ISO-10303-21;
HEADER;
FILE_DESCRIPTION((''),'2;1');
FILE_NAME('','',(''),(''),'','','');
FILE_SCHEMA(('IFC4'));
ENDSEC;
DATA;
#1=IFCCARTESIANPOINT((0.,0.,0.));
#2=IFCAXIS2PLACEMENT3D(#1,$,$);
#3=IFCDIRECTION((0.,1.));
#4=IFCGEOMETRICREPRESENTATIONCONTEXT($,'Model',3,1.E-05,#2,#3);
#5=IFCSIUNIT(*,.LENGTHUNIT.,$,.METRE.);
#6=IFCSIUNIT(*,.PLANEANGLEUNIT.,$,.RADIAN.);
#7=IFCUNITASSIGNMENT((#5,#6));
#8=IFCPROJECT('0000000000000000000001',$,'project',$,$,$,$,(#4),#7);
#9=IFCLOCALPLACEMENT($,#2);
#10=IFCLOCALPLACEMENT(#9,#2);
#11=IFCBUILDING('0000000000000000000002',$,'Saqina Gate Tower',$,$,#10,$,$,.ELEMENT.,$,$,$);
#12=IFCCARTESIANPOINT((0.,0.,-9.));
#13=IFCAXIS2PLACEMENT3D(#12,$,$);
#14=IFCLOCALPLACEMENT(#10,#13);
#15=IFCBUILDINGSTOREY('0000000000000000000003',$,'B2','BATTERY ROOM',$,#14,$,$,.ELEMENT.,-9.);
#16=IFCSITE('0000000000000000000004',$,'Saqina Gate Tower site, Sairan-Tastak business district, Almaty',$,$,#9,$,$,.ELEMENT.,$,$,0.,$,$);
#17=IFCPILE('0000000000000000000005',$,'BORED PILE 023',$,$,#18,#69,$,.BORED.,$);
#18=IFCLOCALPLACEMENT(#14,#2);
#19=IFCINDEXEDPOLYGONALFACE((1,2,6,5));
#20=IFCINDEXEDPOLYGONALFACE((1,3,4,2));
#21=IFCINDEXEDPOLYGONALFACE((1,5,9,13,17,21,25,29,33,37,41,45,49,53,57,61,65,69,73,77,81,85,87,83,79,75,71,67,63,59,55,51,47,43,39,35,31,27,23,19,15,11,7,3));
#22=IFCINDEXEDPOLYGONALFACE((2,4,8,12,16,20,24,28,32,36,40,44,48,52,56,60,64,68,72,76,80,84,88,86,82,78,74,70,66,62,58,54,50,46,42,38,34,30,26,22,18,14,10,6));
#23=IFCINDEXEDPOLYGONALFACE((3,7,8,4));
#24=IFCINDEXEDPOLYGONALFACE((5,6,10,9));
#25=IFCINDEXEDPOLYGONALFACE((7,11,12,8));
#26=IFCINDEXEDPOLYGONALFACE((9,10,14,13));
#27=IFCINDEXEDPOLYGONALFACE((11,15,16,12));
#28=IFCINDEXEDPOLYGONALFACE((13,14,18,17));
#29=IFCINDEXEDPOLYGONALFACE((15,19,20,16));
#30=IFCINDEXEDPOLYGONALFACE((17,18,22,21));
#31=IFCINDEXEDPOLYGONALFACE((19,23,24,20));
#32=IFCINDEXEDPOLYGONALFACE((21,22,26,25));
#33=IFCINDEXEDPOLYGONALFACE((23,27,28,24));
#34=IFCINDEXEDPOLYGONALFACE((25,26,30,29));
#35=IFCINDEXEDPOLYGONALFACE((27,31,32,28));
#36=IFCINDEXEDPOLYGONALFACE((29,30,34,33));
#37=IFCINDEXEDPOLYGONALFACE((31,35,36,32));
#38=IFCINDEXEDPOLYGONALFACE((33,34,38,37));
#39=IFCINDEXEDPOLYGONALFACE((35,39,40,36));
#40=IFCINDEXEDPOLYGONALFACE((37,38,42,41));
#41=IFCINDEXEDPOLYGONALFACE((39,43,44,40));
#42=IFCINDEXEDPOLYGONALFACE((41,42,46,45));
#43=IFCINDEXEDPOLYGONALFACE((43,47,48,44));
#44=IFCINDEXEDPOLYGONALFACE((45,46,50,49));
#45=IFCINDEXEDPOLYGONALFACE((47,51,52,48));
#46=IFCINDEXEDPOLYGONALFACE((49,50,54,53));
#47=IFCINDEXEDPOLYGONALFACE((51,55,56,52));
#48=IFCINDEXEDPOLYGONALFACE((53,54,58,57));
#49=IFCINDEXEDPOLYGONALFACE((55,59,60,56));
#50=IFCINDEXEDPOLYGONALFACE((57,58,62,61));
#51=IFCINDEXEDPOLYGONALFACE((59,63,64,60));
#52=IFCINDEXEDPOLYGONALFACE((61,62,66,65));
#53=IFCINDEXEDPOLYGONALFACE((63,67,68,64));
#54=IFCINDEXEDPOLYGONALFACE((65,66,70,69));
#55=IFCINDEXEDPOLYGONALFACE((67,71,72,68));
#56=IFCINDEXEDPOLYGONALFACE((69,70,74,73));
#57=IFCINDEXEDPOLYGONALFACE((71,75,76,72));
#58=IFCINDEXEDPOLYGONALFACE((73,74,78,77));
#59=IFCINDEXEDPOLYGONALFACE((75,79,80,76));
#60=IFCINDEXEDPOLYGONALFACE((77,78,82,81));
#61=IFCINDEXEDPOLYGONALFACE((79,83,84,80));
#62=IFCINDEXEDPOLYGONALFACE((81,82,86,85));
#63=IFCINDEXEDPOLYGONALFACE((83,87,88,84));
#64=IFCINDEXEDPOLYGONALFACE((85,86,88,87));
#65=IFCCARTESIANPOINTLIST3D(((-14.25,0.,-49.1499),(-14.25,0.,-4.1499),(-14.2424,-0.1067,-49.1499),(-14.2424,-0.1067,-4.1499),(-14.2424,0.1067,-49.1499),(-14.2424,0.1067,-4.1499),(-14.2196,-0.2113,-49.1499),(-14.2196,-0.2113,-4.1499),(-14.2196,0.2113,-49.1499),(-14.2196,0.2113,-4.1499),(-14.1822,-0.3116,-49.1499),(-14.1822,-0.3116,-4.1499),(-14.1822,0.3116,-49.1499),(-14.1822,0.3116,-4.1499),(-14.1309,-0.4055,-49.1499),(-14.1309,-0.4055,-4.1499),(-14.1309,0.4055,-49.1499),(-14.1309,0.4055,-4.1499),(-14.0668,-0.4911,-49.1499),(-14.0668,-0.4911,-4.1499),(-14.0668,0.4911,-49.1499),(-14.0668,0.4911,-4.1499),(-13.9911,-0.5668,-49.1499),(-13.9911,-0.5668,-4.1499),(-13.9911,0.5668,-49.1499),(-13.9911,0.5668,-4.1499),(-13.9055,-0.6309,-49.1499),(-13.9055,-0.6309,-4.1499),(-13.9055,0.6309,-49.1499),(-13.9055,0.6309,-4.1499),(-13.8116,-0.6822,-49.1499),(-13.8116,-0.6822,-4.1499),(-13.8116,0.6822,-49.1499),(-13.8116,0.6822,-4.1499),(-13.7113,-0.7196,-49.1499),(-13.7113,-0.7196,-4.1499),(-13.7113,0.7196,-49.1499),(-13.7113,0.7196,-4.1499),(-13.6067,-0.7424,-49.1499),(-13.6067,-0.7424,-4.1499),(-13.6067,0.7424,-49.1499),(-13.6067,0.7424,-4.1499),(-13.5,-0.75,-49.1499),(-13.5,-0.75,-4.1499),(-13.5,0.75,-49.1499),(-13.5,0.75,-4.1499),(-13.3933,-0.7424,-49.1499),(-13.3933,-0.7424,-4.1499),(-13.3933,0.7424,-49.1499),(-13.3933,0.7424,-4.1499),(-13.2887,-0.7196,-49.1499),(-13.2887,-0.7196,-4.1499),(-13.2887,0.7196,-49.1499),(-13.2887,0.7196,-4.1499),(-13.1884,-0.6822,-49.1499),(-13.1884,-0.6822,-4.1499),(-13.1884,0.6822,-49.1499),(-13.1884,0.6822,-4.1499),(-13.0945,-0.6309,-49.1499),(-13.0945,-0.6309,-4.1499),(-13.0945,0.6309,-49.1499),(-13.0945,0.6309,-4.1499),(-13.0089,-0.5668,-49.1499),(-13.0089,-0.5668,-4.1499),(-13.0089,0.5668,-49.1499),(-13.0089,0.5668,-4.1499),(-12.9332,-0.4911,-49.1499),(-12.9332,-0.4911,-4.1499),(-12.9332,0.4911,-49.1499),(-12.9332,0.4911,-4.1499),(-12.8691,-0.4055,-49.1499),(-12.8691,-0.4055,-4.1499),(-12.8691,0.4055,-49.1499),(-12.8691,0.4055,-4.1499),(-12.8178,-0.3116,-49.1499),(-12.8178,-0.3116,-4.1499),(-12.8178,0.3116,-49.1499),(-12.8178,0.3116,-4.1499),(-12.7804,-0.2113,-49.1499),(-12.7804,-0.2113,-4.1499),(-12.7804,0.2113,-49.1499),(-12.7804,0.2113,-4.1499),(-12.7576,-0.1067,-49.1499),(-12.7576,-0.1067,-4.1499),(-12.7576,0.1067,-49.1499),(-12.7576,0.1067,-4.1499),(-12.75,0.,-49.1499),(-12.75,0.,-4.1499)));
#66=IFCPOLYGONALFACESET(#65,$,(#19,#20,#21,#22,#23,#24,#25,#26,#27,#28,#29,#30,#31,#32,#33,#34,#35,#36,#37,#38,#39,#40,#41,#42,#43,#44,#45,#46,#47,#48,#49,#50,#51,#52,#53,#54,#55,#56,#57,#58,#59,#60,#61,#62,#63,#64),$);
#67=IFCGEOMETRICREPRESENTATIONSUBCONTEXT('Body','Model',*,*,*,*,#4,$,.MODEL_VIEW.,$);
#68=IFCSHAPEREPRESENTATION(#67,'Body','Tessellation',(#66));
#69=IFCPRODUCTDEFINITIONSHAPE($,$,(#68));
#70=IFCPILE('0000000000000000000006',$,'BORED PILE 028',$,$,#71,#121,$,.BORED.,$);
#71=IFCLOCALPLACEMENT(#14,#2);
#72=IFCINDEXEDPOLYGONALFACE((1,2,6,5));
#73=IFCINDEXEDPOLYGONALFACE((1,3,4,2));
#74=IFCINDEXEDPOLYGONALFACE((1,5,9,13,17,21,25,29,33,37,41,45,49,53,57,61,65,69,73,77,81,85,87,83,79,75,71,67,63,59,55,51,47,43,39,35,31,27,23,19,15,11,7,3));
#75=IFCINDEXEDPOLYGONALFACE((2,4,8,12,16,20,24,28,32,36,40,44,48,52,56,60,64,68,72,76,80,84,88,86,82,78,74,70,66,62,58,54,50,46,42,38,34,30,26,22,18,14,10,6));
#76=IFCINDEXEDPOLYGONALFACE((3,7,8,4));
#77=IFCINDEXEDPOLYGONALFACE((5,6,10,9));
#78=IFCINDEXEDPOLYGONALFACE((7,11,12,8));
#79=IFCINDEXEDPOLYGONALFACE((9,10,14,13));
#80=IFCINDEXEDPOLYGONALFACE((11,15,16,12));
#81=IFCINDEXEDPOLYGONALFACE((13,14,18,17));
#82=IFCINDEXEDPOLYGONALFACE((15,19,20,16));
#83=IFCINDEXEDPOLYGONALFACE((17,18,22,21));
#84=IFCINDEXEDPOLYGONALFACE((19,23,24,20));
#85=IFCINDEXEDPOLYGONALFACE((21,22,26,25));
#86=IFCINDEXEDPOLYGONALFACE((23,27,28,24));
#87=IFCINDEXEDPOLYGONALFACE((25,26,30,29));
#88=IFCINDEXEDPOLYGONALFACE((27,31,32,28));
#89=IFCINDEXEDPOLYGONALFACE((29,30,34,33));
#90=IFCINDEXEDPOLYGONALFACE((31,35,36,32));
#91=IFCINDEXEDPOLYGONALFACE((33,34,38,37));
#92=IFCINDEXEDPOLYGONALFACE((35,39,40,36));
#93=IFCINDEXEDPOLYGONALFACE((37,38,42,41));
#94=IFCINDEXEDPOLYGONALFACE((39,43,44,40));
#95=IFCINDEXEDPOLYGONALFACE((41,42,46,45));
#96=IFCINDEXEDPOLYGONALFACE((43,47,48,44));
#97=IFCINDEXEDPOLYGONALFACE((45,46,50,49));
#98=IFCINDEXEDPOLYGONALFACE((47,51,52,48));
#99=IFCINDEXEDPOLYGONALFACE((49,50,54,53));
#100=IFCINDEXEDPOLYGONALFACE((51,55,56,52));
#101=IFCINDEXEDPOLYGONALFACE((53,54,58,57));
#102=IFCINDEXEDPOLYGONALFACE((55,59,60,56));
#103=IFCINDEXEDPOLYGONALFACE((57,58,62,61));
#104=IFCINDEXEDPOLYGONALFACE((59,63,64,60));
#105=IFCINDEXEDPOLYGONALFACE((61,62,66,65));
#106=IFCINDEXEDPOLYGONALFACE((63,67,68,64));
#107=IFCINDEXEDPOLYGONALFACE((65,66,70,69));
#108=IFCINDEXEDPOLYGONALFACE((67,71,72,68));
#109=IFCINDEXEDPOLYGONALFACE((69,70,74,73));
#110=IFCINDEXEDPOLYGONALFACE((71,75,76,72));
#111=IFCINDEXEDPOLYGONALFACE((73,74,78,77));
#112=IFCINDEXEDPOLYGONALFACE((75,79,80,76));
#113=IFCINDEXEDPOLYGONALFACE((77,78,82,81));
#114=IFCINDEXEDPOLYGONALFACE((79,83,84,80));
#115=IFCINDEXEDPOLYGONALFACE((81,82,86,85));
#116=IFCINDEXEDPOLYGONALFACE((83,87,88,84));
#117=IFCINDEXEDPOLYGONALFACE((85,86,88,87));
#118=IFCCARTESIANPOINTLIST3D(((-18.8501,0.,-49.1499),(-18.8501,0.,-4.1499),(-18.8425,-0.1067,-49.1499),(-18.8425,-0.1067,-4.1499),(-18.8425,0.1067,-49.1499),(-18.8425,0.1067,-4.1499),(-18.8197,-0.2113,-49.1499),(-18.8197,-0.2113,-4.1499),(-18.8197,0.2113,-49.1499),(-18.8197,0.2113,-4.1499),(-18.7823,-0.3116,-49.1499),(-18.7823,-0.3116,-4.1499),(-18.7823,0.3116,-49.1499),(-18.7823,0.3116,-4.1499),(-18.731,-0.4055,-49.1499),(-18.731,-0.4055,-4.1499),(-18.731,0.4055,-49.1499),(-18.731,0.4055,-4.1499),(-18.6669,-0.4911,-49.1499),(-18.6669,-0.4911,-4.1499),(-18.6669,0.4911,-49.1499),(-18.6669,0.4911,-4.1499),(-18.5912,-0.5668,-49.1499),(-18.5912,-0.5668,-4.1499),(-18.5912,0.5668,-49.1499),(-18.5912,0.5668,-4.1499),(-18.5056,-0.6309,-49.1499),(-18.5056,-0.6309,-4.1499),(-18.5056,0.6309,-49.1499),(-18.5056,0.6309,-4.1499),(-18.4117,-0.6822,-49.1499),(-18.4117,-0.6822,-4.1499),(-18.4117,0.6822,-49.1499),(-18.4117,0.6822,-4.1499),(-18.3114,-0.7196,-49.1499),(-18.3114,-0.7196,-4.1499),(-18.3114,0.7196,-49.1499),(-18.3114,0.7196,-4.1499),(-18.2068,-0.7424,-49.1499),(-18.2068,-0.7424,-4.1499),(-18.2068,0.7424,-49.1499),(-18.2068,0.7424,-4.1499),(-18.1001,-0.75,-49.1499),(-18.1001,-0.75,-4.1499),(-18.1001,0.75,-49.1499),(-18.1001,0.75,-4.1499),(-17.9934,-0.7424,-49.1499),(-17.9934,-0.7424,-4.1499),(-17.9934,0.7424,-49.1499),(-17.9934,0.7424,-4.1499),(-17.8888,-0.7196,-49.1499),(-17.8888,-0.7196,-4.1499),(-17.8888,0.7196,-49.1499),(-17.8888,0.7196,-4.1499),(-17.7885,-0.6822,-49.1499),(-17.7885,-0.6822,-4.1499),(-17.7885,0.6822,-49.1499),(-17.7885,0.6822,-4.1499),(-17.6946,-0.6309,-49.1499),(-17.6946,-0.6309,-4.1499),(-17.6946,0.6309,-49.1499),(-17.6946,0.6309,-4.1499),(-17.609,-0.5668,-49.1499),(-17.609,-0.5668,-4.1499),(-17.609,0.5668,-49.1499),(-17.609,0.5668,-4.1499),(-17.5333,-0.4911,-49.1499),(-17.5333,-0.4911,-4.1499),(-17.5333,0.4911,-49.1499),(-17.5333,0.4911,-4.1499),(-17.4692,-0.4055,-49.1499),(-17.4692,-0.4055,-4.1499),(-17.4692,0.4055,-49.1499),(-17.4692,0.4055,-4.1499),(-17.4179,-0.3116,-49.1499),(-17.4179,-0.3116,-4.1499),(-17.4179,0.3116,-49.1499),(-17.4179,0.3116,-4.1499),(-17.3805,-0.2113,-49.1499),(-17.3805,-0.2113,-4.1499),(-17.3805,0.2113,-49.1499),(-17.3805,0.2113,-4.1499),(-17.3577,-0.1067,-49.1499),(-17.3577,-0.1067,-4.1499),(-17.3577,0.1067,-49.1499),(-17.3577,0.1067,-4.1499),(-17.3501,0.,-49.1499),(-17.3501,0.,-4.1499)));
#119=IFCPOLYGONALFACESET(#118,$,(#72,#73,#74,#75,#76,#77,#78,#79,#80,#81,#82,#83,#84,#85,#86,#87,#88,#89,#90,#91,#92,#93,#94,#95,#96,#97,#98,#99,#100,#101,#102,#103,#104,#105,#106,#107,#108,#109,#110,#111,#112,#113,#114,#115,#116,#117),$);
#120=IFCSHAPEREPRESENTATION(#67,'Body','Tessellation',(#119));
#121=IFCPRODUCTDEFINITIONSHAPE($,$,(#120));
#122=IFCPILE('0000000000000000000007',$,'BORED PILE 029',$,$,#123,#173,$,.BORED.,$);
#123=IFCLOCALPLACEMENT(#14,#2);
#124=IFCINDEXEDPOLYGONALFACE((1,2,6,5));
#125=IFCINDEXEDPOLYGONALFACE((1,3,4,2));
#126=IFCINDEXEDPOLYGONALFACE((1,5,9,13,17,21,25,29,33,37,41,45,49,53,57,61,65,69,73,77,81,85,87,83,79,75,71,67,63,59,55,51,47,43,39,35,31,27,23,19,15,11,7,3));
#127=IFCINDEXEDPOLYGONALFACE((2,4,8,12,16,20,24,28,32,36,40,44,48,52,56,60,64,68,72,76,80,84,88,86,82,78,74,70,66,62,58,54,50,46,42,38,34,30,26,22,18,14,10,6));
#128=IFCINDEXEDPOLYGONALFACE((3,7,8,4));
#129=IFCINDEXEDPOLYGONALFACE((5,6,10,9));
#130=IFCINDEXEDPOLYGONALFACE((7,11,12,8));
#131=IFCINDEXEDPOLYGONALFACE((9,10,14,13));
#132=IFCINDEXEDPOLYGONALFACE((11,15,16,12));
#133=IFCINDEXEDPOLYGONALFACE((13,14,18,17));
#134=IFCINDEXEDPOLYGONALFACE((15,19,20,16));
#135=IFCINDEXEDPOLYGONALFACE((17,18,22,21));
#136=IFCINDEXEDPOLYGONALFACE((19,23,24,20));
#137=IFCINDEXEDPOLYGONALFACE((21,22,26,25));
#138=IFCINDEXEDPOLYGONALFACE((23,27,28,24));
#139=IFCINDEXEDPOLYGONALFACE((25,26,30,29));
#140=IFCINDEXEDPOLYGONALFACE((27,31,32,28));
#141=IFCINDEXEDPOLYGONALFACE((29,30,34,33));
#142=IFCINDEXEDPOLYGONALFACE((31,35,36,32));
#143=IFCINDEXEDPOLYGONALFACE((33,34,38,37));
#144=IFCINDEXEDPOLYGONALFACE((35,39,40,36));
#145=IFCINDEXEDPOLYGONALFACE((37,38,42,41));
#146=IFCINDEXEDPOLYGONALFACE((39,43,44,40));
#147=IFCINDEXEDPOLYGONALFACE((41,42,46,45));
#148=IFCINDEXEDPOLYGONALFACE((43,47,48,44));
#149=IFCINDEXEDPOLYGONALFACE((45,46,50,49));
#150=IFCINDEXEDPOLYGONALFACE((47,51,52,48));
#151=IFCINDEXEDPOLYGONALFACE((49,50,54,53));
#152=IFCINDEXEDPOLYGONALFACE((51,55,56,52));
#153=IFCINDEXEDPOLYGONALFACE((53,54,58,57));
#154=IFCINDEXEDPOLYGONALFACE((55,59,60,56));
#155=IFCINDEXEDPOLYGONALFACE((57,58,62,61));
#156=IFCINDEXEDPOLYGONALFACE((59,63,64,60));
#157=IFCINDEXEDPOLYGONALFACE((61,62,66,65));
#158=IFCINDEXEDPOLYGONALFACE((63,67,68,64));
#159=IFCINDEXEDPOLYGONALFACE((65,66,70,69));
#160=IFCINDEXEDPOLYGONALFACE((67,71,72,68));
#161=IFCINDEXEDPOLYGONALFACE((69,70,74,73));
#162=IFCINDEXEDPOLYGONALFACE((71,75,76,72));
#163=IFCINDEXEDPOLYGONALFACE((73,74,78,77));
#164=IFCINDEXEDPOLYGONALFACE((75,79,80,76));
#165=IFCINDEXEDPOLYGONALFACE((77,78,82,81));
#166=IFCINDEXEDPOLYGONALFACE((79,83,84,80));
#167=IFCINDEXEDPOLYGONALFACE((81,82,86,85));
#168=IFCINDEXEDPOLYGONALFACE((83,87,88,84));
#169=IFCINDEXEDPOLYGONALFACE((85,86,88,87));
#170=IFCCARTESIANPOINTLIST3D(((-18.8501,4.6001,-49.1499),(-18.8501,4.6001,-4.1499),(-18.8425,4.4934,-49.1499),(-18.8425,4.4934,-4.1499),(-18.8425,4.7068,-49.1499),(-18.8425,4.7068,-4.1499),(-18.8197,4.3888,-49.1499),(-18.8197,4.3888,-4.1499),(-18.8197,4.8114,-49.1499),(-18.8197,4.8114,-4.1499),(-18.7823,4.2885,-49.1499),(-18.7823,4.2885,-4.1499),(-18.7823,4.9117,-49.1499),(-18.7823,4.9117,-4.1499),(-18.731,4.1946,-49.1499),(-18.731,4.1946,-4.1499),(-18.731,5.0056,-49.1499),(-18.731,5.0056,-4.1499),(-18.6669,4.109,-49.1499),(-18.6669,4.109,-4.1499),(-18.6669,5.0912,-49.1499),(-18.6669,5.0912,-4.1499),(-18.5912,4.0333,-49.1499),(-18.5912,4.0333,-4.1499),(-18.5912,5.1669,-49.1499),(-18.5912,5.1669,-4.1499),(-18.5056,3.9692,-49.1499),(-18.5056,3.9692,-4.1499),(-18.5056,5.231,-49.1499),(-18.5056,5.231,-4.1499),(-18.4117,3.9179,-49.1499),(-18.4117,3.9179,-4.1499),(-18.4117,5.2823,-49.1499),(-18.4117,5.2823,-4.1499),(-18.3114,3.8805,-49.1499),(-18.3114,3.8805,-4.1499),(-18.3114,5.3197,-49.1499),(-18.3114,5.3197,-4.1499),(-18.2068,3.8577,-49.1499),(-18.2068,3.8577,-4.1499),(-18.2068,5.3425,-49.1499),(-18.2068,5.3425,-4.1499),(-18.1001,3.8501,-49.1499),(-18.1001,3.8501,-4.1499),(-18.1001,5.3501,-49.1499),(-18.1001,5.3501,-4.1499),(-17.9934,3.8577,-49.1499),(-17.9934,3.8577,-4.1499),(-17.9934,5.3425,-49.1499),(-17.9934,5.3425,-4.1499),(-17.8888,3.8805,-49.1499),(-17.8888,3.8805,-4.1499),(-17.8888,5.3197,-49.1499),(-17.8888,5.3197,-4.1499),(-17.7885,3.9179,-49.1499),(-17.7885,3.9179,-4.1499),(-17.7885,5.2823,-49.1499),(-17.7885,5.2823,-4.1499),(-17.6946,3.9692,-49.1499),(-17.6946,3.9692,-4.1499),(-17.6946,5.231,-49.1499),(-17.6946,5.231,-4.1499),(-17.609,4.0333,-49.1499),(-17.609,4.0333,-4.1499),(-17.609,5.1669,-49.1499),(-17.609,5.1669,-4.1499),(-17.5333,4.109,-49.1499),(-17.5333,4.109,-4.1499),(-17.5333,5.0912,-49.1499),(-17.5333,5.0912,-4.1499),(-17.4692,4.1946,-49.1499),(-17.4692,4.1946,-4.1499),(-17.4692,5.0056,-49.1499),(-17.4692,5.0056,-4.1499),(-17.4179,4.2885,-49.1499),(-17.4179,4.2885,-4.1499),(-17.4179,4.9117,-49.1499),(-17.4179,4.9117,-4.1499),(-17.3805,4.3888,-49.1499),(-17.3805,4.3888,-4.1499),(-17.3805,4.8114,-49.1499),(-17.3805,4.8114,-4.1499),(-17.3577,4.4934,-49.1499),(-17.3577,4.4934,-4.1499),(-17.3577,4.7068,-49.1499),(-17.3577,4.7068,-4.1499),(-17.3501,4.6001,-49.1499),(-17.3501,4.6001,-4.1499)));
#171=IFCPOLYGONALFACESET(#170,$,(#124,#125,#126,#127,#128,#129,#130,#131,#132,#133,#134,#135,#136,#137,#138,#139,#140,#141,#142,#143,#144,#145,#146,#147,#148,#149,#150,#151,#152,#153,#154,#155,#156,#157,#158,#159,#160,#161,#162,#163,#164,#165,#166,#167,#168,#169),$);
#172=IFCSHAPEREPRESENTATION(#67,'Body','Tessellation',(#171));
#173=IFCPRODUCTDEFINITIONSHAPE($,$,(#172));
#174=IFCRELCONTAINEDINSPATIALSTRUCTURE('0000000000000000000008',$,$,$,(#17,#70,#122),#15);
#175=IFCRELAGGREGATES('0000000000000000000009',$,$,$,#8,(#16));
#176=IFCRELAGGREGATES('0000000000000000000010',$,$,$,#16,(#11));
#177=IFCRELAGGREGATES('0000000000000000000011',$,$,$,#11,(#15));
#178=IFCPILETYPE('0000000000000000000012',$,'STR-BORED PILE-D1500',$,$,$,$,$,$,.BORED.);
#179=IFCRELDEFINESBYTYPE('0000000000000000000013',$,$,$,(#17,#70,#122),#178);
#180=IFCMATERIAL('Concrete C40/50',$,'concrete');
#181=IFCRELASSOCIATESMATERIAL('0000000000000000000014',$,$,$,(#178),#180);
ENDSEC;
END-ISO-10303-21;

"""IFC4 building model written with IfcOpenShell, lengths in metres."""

from ifc_helpers import new_model, si_unit, direction, frame, origin, origin_2d, place, context, subcontext, project, spatial, circle, extrude, material, material_profile, profile_set, type_object, element, save


model = new_model("IFC4")

# Units and contexts
model_context = context("Model", 3, precision=1e-05, world=origin(), true_north=direction((0.0, 1.0)))
body_context = subcontext(model_context, "Body", "Model", "MODEL_VIEW")
ifc_project = project(units=[si_unit("LENGTHUNIT", "METRE"), si_unit("PLANEANGLEUNIT", "RADIAN")], contexts=[model_context])

# Site, building, storey
site_placement = place(None, origin())
site = spatial("IfcSite", under=ifc_project, at=site_placement, Name="Saqina Gate Tower site, Sairan-Tastak business district, Almaty", CompositionType="ELEMENT", RefElevation=0.0)
building_placement = place(site_placement, origin())
building = spatial("IfcBuilding", under=site, at=building_placement, Name="Saqina Gate Tower", CompositionType="ELEMENT")
storey_placement = place(building_placement, frame((0.0, 0.0, -9.0)))
storey = spatial("IfcBuildingStorey", under=building, at=storey_placement, Name="B2", Description="BATTERY ROOM", CompositionType="ELEMENT", Elevation=-9.0)

# Piles
ifc_material_1 = material(Name="Concrete C40/50", Category="concrete")
ifc_material_profile_1 = material_profile(ifc_material_1, circle(Radius=0.75, at=origin_2d()), Name="RC D1500")
ifc_profile_set_1 = profile_set([ifc_material_profile_1], Name="Concrete C40/50")
pile_type = type_object("IfcPileType", Name="STR-BORED PILE-D1500", PredefinedType="BORED", material=ifc_profile_set_1)
for number, where, z_axis, x_axis, name in (
    (1, (-13.5, 0.0, -4.1499), (0.0, 0.0, -1.0), (1.0, 0.0, 0.0), "BORED PILE 023"),
    (2, (-18.1001, 0.0, -4.1499), (0.0, 0.0, -1.0), (1.0, 0.0, 0.0), "BORED PILE 028"),
    (3, (-18.1001, 4.6001, -4.1499), (0.0, 0.0, -1.0), (1.0, 0.0, 0.0), "BORED PILE 029"),
):
    element("IfcPile", number, at=place(storey_placement, frame(where, z_axis=z_axis, x_axis=x_axis)), inside=storey, type_object=pile_type, Name=name, PredefinedType="BORED", context=body_context, shape_type="SweptSolid", body=[
        extrude(circle(Radius=0.75, at=origin_2d()), origin(), (0.0, 0.0, 1.0), 45.0),
    ])

save(model, "model.ifc")
